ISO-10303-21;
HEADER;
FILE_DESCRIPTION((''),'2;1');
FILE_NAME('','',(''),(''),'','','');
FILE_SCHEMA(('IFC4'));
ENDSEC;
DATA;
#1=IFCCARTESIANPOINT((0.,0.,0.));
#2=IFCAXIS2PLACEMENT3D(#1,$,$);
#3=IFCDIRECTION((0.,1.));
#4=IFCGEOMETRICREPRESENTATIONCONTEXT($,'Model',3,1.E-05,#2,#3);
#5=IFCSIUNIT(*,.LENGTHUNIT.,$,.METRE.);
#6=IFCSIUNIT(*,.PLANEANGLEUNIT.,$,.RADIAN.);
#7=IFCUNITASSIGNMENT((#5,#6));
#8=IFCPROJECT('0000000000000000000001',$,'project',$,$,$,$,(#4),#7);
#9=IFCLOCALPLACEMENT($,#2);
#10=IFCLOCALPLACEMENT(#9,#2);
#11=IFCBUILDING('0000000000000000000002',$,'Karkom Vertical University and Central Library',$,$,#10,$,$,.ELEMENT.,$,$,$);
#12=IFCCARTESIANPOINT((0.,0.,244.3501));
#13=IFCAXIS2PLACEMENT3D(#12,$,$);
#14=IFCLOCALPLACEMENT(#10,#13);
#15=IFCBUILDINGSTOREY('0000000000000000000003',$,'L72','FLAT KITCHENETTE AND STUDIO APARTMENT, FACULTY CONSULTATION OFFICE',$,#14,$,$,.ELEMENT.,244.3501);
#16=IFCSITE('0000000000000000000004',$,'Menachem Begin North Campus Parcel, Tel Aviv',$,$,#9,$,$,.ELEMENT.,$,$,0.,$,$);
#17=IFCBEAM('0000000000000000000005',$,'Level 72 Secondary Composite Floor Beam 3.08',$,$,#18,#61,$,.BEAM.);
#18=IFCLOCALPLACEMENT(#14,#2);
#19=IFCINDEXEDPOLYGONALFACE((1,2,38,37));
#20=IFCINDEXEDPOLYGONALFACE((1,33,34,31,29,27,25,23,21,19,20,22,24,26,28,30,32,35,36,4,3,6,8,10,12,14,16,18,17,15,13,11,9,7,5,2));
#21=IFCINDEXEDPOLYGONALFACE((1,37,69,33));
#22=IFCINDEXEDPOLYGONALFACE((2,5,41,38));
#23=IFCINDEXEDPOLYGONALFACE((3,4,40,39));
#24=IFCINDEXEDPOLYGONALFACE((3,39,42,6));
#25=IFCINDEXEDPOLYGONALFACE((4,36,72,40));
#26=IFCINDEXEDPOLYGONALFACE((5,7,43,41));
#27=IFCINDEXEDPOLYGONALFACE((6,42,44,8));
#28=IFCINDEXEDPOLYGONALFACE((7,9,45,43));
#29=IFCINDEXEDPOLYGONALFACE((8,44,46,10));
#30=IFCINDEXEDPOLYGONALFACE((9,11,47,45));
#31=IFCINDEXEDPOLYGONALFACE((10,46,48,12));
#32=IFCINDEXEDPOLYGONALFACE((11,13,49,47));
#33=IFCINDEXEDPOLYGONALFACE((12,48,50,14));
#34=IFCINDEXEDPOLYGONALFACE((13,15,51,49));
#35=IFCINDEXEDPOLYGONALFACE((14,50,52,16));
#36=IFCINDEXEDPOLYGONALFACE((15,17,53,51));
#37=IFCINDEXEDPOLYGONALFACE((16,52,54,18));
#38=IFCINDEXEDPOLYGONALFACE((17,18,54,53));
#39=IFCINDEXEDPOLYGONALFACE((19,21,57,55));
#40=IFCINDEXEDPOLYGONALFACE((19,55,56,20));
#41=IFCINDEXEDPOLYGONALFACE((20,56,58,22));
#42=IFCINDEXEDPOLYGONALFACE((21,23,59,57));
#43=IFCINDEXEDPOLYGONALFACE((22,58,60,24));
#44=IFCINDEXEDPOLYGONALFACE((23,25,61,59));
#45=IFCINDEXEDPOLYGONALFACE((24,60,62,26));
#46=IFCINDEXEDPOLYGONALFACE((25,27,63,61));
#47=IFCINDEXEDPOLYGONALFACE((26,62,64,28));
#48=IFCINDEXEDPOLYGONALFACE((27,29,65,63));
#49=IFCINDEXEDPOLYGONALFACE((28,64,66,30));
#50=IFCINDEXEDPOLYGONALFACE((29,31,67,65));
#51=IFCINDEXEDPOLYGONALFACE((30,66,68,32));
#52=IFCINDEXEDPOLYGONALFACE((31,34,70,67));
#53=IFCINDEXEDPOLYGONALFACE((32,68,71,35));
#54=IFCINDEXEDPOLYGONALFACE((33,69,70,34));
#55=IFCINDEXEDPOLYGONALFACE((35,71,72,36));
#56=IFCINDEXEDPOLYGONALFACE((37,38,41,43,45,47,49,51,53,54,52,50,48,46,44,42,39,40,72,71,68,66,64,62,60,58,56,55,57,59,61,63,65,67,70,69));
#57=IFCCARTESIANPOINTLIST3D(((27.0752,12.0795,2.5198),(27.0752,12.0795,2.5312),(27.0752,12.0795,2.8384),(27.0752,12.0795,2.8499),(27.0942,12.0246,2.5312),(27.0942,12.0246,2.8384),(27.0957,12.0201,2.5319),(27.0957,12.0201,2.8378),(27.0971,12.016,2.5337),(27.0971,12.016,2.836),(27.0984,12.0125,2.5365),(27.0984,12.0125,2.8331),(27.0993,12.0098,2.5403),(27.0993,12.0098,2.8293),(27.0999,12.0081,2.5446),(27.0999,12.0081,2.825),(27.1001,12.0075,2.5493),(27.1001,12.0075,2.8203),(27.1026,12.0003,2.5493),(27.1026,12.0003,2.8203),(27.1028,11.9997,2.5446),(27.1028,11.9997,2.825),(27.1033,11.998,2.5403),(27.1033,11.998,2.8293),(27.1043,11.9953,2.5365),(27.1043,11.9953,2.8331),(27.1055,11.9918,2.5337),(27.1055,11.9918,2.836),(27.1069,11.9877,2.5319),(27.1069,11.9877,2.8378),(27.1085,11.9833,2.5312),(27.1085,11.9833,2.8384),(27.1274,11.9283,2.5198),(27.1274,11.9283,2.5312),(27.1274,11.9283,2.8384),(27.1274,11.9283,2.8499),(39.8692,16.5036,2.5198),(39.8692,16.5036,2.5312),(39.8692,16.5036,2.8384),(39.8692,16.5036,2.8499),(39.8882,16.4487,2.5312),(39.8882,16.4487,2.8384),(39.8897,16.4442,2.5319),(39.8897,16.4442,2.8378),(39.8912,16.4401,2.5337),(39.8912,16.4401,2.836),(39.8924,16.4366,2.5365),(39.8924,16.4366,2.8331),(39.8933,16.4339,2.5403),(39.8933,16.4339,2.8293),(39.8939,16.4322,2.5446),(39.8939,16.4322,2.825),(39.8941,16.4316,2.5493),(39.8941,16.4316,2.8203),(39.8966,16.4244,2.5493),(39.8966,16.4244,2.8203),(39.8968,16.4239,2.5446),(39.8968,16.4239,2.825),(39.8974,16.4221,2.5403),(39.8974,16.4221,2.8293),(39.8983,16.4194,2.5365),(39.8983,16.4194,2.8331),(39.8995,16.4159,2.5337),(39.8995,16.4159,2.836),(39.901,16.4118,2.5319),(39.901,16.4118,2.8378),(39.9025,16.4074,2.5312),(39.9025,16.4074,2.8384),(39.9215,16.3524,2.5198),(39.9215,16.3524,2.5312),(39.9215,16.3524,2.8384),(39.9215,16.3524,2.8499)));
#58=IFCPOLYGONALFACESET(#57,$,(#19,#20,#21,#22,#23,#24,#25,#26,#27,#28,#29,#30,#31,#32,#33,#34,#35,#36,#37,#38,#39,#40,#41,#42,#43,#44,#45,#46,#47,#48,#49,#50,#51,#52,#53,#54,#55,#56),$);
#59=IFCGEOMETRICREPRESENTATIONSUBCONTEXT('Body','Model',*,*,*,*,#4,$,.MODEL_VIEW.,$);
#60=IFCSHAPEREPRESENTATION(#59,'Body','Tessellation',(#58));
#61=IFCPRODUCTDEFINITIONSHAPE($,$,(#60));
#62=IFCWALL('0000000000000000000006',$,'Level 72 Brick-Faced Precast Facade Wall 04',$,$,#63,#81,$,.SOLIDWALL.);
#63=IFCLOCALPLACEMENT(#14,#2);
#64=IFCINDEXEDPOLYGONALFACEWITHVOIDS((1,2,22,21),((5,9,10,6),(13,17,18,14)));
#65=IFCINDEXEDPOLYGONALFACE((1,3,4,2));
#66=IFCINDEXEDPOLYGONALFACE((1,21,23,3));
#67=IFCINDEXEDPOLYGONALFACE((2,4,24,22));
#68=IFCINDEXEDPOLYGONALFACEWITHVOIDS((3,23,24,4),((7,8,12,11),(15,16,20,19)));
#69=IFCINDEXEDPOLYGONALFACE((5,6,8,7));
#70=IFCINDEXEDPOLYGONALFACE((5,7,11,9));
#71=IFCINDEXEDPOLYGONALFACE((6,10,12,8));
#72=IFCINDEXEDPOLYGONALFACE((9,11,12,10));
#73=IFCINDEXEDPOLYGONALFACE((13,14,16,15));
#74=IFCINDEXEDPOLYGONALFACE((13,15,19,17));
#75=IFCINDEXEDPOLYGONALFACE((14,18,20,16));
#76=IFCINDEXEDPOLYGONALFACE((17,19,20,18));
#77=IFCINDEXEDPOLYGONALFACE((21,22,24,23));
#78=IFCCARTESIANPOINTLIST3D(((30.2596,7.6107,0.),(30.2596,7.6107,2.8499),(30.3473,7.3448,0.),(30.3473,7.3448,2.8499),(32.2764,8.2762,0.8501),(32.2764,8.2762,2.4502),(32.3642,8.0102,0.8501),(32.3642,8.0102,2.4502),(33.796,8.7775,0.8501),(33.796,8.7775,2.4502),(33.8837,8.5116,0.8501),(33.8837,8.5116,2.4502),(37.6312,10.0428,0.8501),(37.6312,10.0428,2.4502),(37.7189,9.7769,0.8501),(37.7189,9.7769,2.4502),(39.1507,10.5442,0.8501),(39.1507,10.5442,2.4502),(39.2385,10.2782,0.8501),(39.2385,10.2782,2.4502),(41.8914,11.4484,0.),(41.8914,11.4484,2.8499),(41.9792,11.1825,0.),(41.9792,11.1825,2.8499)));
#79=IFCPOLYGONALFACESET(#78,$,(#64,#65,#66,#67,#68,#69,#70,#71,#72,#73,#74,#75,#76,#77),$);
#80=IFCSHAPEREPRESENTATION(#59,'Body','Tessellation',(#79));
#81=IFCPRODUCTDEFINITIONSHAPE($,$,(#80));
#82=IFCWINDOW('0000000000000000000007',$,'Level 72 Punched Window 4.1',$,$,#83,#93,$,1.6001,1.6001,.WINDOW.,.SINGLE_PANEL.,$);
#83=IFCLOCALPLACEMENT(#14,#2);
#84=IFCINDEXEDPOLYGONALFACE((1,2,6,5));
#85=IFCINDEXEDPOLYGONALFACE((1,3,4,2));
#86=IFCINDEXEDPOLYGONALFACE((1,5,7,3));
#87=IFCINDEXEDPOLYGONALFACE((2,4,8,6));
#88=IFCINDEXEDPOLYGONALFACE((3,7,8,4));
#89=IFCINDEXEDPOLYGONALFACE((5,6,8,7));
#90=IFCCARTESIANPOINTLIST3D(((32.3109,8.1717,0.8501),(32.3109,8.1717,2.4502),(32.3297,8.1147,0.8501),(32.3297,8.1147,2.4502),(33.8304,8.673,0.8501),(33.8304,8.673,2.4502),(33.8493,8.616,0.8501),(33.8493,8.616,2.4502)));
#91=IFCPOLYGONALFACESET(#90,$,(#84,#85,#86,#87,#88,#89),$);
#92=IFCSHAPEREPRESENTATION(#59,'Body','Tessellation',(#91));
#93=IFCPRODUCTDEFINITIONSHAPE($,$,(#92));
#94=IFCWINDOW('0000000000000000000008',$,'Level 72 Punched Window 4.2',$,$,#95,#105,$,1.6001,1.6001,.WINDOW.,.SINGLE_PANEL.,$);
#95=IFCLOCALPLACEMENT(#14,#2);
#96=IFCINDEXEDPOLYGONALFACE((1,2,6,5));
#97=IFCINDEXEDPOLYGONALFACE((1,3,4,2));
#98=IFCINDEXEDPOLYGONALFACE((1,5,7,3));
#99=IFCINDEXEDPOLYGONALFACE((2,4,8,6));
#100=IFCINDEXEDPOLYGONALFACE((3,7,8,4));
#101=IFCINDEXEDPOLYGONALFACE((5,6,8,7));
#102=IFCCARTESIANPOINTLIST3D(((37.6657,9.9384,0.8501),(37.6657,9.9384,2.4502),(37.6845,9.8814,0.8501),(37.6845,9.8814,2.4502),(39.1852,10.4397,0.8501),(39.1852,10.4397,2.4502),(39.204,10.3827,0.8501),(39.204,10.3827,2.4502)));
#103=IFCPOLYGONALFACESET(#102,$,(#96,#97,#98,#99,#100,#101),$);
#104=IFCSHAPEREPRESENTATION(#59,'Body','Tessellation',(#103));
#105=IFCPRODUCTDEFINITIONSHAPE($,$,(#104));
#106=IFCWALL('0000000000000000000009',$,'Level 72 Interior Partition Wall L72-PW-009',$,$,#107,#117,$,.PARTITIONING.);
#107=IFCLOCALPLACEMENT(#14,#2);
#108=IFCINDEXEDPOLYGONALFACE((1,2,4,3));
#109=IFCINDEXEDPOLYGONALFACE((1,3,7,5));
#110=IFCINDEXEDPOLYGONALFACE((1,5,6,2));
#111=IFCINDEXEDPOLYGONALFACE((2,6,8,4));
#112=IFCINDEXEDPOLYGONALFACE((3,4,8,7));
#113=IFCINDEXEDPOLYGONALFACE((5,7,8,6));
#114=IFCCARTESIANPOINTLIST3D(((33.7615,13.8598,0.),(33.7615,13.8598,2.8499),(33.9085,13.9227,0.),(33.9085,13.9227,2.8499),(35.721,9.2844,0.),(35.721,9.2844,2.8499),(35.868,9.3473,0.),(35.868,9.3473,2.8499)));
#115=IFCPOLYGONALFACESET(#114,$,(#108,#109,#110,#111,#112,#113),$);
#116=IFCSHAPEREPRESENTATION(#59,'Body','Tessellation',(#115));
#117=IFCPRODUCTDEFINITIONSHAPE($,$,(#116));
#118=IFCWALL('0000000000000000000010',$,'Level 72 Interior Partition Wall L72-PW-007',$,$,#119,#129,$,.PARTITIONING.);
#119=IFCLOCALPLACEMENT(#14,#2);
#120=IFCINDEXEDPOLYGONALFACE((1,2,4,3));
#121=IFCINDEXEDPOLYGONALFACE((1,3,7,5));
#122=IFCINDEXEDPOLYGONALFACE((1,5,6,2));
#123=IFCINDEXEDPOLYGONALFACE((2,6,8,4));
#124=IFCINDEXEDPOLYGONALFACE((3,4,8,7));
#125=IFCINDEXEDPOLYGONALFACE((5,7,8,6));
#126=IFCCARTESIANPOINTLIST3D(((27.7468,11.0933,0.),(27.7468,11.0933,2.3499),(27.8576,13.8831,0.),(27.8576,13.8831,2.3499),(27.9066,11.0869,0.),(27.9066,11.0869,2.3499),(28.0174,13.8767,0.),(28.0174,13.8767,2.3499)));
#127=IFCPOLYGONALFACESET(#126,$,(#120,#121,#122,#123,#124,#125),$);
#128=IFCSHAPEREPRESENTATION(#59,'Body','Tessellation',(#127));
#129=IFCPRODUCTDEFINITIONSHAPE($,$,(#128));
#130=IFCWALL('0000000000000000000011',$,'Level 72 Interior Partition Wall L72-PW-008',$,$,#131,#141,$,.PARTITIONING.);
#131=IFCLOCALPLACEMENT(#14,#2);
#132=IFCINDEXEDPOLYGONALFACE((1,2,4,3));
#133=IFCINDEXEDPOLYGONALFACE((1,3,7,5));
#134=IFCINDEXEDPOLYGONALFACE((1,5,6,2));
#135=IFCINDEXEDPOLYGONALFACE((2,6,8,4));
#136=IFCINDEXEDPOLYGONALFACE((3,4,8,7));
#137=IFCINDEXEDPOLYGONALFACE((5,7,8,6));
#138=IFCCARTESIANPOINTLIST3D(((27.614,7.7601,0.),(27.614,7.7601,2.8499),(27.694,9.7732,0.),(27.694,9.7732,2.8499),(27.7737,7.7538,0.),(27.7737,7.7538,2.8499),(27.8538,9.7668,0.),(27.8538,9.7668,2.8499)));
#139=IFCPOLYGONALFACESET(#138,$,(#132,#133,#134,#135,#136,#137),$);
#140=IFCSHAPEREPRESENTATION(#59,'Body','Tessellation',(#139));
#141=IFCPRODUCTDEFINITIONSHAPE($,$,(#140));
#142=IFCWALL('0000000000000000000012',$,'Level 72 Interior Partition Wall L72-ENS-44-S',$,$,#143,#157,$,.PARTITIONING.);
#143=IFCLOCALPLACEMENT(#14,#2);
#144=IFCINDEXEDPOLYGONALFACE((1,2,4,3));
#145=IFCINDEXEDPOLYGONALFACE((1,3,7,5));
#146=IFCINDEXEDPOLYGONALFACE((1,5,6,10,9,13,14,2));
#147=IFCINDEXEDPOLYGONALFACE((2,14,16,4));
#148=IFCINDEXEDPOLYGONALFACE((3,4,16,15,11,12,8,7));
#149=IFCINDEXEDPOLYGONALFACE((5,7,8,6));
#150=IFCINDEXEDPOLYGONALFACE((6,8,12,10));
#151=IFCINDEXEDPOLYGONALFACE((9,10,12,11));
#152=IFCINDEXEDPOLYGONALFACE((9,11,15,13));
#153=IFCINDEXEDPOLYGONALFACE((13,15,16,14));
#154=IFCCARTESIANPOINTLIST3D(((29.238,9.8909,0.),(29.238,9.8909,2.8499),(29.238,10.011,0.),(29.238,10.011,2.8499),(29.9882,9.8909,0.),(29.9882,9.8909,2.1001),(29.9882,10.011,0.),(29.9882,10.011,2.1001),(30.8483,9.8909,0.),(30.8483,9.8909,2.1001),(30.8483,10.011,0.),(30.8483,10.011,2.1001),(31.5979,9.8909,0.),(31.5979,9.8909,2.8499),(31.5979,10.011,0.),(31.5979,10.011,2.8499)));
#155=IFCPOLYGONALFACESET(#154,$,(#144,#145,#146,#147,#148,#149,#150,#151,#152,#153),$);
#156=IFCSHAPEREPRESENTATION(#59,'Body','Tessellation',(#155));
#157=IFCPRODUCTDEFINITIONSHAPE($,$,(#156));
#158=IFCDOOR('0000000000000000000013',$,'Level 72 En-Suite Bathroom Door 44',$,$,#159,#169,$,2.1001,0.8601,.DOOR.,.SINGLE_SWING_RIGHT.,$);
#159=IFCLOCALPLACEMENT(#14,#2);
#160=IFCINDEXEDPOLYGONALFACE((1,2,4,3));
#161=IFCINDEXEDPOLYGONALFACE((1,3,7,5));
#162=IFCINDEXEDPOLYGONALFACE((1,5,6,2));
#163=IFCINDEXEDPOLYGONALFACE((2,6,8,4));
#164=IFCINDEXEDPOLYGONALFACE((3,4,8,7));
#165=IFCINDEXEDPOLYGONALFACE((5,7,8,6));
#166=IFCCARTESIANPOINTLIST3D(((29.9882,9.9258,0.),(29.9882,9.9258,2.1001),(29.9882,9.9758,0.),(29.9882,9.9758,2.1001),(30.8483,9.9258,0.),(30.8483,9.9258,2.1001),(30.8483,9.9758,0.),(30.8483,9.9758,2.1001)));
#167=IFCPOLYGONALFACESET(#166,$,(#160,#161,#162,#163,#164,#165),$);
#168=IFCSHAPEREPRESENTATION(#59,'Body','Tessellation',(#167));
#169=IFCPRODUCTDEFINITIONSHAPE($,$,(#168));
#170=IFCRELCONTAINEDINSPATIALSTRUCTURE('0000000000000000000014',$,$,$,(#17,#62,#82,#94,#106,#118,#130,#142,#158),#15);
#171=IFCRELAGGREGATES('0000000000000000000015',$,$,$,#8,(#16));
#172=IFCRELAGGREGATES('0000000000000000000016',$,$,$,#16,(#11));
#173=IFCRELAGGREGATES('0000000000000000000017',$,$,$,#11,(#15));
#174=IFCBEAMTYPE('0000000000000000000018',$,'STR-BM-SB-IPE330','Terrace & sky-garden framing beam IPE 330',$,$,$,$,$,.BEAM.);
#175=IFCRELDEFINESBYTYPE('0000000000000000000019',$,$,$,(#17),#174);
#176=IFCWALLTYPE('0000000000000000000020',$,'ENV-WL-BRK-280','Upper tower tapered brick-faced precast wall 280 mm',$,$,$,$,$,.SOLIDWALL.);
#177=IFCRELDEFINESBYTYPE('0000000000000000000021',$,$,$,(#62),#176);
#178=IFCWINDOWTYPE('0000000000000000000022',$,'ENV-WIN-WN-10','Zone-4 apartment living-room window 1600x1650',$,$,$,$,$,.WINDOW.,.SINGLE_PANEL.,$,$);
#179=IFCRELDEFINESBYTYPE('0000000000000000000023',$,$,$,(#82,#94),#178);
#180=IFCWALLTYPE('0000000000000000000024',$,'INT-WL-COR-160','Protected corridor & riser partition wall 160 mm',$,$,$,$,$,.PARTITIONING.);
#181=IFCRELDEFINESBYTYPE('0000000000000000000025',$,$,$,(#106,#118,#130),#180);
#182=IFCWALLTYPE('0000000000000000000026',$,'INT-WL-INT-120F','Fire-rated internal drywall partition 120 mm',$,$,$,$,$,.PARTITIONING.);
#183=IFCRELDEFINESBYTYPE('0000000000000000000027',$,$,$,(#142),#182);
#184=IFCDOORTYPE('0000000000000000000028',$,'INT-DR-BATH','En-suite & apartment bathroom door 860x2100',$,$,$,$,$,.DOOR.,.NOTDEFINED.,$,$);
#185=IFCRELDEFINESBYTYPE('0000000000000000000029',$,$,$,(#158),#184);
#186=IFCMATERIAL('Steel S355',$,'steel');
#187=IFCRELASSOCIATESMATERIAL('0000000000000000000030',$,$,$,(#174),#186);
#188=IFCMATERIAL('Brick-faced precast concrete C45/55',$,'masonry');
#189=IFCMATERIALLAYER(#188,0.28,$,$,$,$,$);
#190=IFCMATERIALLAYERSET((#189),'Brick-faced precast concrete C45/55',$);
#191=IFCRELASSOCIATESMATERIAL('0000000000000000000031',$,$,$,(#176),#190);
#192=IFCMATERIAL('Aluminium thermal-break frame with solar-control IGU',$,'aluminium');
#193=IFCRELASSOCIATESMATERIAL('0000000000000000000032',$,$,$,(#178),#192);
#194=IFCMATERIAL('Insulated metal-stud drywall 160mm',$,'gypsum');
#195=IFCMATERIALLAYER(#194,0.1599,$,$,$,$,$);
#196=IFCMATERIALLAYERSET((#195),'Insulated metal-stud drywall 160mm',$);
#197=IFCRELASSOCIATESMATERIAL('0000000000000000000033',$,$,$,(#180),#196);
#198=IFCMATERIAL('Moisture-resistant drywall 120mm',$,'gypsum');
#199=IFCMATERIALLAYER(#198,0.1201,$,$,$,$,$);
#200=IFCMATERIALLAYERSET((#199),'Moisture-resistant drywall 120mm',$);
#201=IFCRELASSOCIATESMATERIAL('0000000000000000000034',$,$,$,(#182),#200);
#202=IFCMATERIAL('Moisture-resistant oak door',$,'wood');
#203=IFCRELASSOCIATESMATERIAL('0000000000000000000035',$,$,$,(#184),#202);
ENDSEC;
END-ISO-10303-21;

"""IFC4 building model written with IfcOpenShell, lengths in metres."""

from ifc_helpers import new_model, si_unit, direction, frame, frame_2d, origin, origin_with_axes, origin_2d, place, context, subcontext, project, spatial, rectangle, i_section, extrude, source, transform, mapped, material, layer, layer_set, material_profile, profile_set, type_object, element, fill, save


model = new_model("IFC4")

# Units and contexts
model_context = context("Model", 3, precision=1e-05, world=origin(), true_north=direction((0.0, 1.0)))
body_context = subcontext(model_context, "Body", "Model", "MODEL_VIEW")
ifc_project = project(units=[si_unit("LENGTHUNIT", "METRE"), si_unit("PLANEANGLEUNIT", "RADIAN")], contexts=[model_context])

# Site, building, storey
site_placement = place(None, origin())
site = spatial("IfcSite", under=ifc_project, at=site_placement, Name="Menachem Begin North Campus Parcel, Tel Aviv", CompositionType="ELEMENT", RefElevation=0.0)
building_placement = place(site_placement, origin())
building = spatial("IfcBuilding", under=site, at=building_placement, Name="Karkom Vertical University and Central Library", CompositionType="ELEMENT")
storey_placement = place(building_placement, frame((0.0, 0.0, 244.3501)))
storey = spatial("IfcBuildingStorey", under=building, at=storey_placement, Name="L72", Description="FLAT KITCHENETTE AND STUDIO APARTMENT, FACULTY CONSULTATION OFFICE", CompositionType="ELEMENT", Elevation=244.3501)

# Beam
ifc_material_1 = material(Name="Steel S355", Category="steel")
ifc_material_profile_1 = material_profile(ifc_material_1, i_section(OverallWidth=0.1599, OverallDepth=0.3301, WebThickness=0.0076, FlangeThickness=0.0115, FilletRadius=0.0181, at=origin_2d()), Name="IPE 330")
ifc_profile_set_1 = profile_set([ifc_material_profile_1], Name="Steel S355")
beam_type_1 = type_object("IfcBeamType", Name="STR-BM-SB-IPE330", Description="Terrace & sky-garden framing beam IPE 330", PredefinedType="BEAM", material=ifc_profile_set_1)
shared_shape_1 = source(origin_with_axes(), body_context, "Body", "SweptSolid", [
    extrude(i_section(OverallWidth=0.1599, OverallDepth=0.3301, WebThickness=0.0076, FlangeThickness=0.0115, FilletRadius=0.0181, at=origin_2d()), origin(), (0.0, 0.0, 1.0), 13.5374),
])
beam_1_placement = place(storey_placement, frame((27.1013, 12.0039, 2.6848), z_axis=(0.945091, 0.326807, 0.0), x_axis=(-0.326807, 0.945091, 0.0)))
element("IfcBeam", 1, at=beam_1_placement, inside=storey, type_object=beam_type_1, Name="Level 72 Secondary Composite Floor Beam 3.08", PredefinedType="BEAM", context=body_context, shape_type="MappedRepresentation", body=[
    mapped(shared_shape_1, transform((0.0, 0.0, 0.0), scale=1.0)),
])

# Wall, openings, windows
ifc_material_2 = material(Name="Brick-faced precast concrete C45/55", Category="masonry")
ifc_layer_1 = layer(ifc_material_2, 0.28)
ifc_layer_set_1 = layer_set([ifc_layer_1], Name="Brick-faced precast concrete C45/55")
wall_type_1 = type_object("IfcWallType", Name="ENV-WL-BRK-280", Description="Upper tower tapered brick-faced precast wall 280 mm", PredefinedType="SOLIDWALL", material=ifc_layer_set_1)
wall_1_placement = place(storey_placement, frame((30.3035, 7.4778, 0.0), z_axis=(0.0, 0.0, 1.0), x_axis=(0.94965, 0.313314, 0.0)))
wall_1 = element("IfcWall", 2, at=wall_1_placement, inside=storey, type_object=wall_type_1, Name="Level 72 Brick-Faced Precast Facade Wall 04", PredefinedType="SOLIDWALL", context=body_context, shape_type="SweptSolid", body=[
    extrude(rectangle(XDim=12.2485, YDim=0.28, at=frame_2d((6.1243, 0.0))), origin(), (0.0, 0.0, 1.0), 2.8499),
])
opening_1_placement = place(wall_1_placement, frame((2.1238, 0.0, 0.8501)))
opening_1 = element("IfcOpeningElement", 3, at=opening_1_placement, cuts=wall_1, PredefinedType="OPENING", context=body_context, shape_type="SweptSolid", body=[
    extrude(rectangle(XDim=1.6001, YDim=1.6001, at=frame_2d((0.8, 0.8))), frame((0.0, 0.1499, 0.0), z_axis=(0.0, -1.0, 0.0), x_axis=(1.0, 0.0, 0.0)), (0.0, 0.0, 1.0), 0.3),
])
opening_2_placement = place(wall_1_placement, frame((7.7625, 0.0, 0.8501)))
opening_2 = element("IfcOpeningElement", 4, at=opening_2_placement, cuts=wall_1, PredefinedType="OPENING", context=body_context, shape_type="SweptSolid", body=[
    extrude(rectangle(XDim=1.6001, YDim=1.6001, at=frame_2d((0.8, 0.8))), frame((0.0, 0.1499, 0.0), z_axis=(0.0, -1.0, 0.0), x_axis=(1.0, 0.0, 0.0)), (0.0, 0.0, 1.0), 0.3),
])
ifc_material_3 = material(Name="Aluminium thermal-break frame with solar-control IGU", Category="aluminium")
window_type = type_object("IfcWindowType", Name="ENV-WIN-WN-10", Description="Zone-4 apartment living-room window 1600x1650", PartitioningType="SINGLE_PANEL", PredefinedType="WINDOW", material=ifc_material_3)
shared_shape_2 = source(origin_with_axes(), body_context, "Body", "SweptSolid", [
    extrude(rectangle(XDim=1.6001, YDim=1.6001, at=frame_2d((0.8, 0.8))), frame((0.0, 0.03, 0.0), z_axis=(0.0, -1.0, 0.0), x_axis=(1.0, 0.0, 0.0)), (0.0, 0.0, 1.0), 0.0601),
])
window_1_placement = place(opening_1_placement, origin())
window_1 = element("IfcWindow", 5, at=window_1_placement, inside=storey, type_object=window_type, Name="Level 72 Punched Window 4.1", OverallHeight=1.6001, OverallWidth=1.6001, PartitioningType="SINGLE_PANEL", PredefinedType="WINDOW", context=body_context, shape_type="MappedRepresentation", body=[
    mapped(shared_shape_2, transform((0.0, 0.0, 0.0), scale=1.0)),
])
fill(opening_1, window_1)
window_2_placement = place(opening_2_placement, origin())
window_2 = element("IfcWindow", 6, at=window_2_placement, inside=storey, type_object=window_type, Name="Level 72 Punched Window 4.2", OverallHeight=1.6001, OverallWidth=1.6001, PartitioningType="SINGLE_PANEL", PredefinedType="WINDOW", context=body_context, shape_type="MappedRepresentation", body=[
    mapped(shared_shape_2, transform((0.0, 0.0, 0.0), scale=1.0)),
])
fill(opening_2, window_2)

# Walls
ifc_material_4 = material(Name="Insulated metal-stud drywall 160mm", Category="gypsum")
ifc_layer_2 = layer(ifc_material_4, 0.1599)
ifc_layer_set_2 = layer_set([ifc_layer_2], Name="Insulated metal-stud drywall 160mm")
wall_type_2 = type_object("IfcWallType", Name="INT-WL-COR-160", Description="Protected corridor & riser partition wall 160 mm", PredefinedType="PARTITIONING", material=ifc_layer_set_2)
wall_2_placement = place(storey_placement, frame((33.835, 13.8914, 0.0), z_axis=(0.0, 0.0, 1.0), x_axis=(0.393677, -0.919249, 0.0)))
element("IfcWall", 7, at=wall_2_placement, inside=storey, type_object=wall_type_2, Name="Level 72 Interior Partition Wall L72-PW-009", PredefinedType="PARTITIONING", context=body_context, shape_type="SweptSolid", body=[
    extrude(rectangle(XDim=4.9773, YDim=0.1599, at=frame_2d((2.4888, 0.0))), origin(), (0.0, 0.0, 1.0), 2.8499),
])
wall_3_placement = place(storey_placement, frame((27.9375, 13.8799, 0.0), z_axis=(0.0, 0.0, 1.0), x_axis=(-0.039699, -0.999212, 0.0)))
element("IfcWall", 8, at=wall_3_placement, inside=storey, type_object=wall_type_2, Name="Level 72 Interior Partition Wall L72-PW-007", PredefinedType="PARTITIONING", context=body_context, shape_type="SweptSolid", body=[
    extrude(rectangle(XDim=2.792, YDim=0.1599, at=frame_2d((1.396, 0.0))), origin(), (0.0, 0.0, 1.0), 2.3499),
])
wall_4_placement = place(storey_placement, frame((27.7739, 9.77, 0.0), z_axis=(0.0, 0.0, 1.0), x_axis=(-0.03975, -0.99921, 0.0)))
element("IfcWall", 9, at=wall_4_placement, inside=storey, type_object=wall_type_2, Name="Level 72 Interior Partition Wall L72-PW-008", PredefinedType="PARTITIONING", context=body_context, shape_type="SweptSolid", body=[
    extrude(rectangle(XDim=2.0146, YDim=0.1599, at=frame_2d((1.0073, 0.0))), origin(), (0.0, 0.0, 1.0), 2.8499),
])

# Wall, opening, door
ifc_material_5 = material(Name="Moisture-resistant drywall 120mm", Category="gypsum")
ifc_layer_3 = layer(ifc_material_5, 0.1201)
ifc_layer_set_3 = layer_set([ifc_layer_3], Name="Moisture-resistant drywall 120mm")
wall_type_3 = type_object("IfcWallType", Name="INT-WL-INT-120F", Description="Fire-rated internal drywall partition 120 mm", PredefinedType="PARTITIONING", material=ifc_layer_set_3)
wall_5_placement = place(storey_placement, frame((29.238, 9.9509, 0.0), z_axis=(0.0, 0.0, 1.0), x_axis=(1.0, 0.0, 0.0)))
wall_5 = element("IfcWall", 10, at=wall_5_placement, inside=storey, type_object=wall_type_3, Name="Level 72 Interior Partition Wall L72-ENS-44-S", PredefinedType="PARTITIONING", context=body_context, shape_type="SweptSolid", body=[
    extrude(rectangle(XDim=2.3599, YDim=0.1201, at=frame_2d((1.1799, 0.0))), origin(), (0.0, 0.0, 1.0), 2.8499),
])
opening_3_placement = place(wall_5_placement, frame((0.75, 0.0, 0.0)))
opening_3 = element("IfcOpeningElement", 11, at=opening_3_placement, cuts=wall_5, PredefinedType="OPENING", context=body_context, shape_type="SweptSolid", body=[
    extrude(rectangle(XDim=0.8601, YDim=2.1001, at=frame_2d((0.4302, 1.05))), frame((0.0, 0.0701, 0.0), z_axis=(0.0, -1.0, 0.0), x_axis=(1.0, 0.0, 0.0)), (0.0, 0.0, 1.0), 0.1401),
])
ifc_material_6 = material(Name="Moisture-resistant oak door", Category="wood")
door_type_1 = type_object("IfcDoorType", Name="INT-DR-BATH", Description="En-suite & apartment bathroom door 860x2100", OperationType="NOTDEFINED", PredefinedType="DOOR", material=ifc_material_6)
shared_shape_3 = source(origin_with_axes(), body_context, "Body", "SweptSolid", [
    extrude(rectangle(XDim=0.8601, YDim=2.1001, at=frame_2d((0.4302, 1.05))), frame((0.0, 0.0249, 0.0), z_axis=(0.0, -1.0, 0.0), x_axis=(1.0, 0.0, 0.0)), (0.0, 0.0, 1.0), 0.05),
])
door_1_placement = place(opening_3_placement, origin())
door_1 = element("IfcDoor", 12, at=door_1_placement, inside=storey, type_object=door_type_1, Name="Level 72 En-Suite Bathroom Door 44", OperationType="SINGLE_SWING_RIGHT", OverallHeight=2.1001, OverallWidth=0.8601, PredefinedType="DOOR", context=body_context, shape_type="MappedRepresentation", body=[
    mapped(shared_shape_3, transform((0.0, 0.0, 0.0), scale=1.0)),
])
fill(opening_3, door_1)

save(model, "model.ifc")
